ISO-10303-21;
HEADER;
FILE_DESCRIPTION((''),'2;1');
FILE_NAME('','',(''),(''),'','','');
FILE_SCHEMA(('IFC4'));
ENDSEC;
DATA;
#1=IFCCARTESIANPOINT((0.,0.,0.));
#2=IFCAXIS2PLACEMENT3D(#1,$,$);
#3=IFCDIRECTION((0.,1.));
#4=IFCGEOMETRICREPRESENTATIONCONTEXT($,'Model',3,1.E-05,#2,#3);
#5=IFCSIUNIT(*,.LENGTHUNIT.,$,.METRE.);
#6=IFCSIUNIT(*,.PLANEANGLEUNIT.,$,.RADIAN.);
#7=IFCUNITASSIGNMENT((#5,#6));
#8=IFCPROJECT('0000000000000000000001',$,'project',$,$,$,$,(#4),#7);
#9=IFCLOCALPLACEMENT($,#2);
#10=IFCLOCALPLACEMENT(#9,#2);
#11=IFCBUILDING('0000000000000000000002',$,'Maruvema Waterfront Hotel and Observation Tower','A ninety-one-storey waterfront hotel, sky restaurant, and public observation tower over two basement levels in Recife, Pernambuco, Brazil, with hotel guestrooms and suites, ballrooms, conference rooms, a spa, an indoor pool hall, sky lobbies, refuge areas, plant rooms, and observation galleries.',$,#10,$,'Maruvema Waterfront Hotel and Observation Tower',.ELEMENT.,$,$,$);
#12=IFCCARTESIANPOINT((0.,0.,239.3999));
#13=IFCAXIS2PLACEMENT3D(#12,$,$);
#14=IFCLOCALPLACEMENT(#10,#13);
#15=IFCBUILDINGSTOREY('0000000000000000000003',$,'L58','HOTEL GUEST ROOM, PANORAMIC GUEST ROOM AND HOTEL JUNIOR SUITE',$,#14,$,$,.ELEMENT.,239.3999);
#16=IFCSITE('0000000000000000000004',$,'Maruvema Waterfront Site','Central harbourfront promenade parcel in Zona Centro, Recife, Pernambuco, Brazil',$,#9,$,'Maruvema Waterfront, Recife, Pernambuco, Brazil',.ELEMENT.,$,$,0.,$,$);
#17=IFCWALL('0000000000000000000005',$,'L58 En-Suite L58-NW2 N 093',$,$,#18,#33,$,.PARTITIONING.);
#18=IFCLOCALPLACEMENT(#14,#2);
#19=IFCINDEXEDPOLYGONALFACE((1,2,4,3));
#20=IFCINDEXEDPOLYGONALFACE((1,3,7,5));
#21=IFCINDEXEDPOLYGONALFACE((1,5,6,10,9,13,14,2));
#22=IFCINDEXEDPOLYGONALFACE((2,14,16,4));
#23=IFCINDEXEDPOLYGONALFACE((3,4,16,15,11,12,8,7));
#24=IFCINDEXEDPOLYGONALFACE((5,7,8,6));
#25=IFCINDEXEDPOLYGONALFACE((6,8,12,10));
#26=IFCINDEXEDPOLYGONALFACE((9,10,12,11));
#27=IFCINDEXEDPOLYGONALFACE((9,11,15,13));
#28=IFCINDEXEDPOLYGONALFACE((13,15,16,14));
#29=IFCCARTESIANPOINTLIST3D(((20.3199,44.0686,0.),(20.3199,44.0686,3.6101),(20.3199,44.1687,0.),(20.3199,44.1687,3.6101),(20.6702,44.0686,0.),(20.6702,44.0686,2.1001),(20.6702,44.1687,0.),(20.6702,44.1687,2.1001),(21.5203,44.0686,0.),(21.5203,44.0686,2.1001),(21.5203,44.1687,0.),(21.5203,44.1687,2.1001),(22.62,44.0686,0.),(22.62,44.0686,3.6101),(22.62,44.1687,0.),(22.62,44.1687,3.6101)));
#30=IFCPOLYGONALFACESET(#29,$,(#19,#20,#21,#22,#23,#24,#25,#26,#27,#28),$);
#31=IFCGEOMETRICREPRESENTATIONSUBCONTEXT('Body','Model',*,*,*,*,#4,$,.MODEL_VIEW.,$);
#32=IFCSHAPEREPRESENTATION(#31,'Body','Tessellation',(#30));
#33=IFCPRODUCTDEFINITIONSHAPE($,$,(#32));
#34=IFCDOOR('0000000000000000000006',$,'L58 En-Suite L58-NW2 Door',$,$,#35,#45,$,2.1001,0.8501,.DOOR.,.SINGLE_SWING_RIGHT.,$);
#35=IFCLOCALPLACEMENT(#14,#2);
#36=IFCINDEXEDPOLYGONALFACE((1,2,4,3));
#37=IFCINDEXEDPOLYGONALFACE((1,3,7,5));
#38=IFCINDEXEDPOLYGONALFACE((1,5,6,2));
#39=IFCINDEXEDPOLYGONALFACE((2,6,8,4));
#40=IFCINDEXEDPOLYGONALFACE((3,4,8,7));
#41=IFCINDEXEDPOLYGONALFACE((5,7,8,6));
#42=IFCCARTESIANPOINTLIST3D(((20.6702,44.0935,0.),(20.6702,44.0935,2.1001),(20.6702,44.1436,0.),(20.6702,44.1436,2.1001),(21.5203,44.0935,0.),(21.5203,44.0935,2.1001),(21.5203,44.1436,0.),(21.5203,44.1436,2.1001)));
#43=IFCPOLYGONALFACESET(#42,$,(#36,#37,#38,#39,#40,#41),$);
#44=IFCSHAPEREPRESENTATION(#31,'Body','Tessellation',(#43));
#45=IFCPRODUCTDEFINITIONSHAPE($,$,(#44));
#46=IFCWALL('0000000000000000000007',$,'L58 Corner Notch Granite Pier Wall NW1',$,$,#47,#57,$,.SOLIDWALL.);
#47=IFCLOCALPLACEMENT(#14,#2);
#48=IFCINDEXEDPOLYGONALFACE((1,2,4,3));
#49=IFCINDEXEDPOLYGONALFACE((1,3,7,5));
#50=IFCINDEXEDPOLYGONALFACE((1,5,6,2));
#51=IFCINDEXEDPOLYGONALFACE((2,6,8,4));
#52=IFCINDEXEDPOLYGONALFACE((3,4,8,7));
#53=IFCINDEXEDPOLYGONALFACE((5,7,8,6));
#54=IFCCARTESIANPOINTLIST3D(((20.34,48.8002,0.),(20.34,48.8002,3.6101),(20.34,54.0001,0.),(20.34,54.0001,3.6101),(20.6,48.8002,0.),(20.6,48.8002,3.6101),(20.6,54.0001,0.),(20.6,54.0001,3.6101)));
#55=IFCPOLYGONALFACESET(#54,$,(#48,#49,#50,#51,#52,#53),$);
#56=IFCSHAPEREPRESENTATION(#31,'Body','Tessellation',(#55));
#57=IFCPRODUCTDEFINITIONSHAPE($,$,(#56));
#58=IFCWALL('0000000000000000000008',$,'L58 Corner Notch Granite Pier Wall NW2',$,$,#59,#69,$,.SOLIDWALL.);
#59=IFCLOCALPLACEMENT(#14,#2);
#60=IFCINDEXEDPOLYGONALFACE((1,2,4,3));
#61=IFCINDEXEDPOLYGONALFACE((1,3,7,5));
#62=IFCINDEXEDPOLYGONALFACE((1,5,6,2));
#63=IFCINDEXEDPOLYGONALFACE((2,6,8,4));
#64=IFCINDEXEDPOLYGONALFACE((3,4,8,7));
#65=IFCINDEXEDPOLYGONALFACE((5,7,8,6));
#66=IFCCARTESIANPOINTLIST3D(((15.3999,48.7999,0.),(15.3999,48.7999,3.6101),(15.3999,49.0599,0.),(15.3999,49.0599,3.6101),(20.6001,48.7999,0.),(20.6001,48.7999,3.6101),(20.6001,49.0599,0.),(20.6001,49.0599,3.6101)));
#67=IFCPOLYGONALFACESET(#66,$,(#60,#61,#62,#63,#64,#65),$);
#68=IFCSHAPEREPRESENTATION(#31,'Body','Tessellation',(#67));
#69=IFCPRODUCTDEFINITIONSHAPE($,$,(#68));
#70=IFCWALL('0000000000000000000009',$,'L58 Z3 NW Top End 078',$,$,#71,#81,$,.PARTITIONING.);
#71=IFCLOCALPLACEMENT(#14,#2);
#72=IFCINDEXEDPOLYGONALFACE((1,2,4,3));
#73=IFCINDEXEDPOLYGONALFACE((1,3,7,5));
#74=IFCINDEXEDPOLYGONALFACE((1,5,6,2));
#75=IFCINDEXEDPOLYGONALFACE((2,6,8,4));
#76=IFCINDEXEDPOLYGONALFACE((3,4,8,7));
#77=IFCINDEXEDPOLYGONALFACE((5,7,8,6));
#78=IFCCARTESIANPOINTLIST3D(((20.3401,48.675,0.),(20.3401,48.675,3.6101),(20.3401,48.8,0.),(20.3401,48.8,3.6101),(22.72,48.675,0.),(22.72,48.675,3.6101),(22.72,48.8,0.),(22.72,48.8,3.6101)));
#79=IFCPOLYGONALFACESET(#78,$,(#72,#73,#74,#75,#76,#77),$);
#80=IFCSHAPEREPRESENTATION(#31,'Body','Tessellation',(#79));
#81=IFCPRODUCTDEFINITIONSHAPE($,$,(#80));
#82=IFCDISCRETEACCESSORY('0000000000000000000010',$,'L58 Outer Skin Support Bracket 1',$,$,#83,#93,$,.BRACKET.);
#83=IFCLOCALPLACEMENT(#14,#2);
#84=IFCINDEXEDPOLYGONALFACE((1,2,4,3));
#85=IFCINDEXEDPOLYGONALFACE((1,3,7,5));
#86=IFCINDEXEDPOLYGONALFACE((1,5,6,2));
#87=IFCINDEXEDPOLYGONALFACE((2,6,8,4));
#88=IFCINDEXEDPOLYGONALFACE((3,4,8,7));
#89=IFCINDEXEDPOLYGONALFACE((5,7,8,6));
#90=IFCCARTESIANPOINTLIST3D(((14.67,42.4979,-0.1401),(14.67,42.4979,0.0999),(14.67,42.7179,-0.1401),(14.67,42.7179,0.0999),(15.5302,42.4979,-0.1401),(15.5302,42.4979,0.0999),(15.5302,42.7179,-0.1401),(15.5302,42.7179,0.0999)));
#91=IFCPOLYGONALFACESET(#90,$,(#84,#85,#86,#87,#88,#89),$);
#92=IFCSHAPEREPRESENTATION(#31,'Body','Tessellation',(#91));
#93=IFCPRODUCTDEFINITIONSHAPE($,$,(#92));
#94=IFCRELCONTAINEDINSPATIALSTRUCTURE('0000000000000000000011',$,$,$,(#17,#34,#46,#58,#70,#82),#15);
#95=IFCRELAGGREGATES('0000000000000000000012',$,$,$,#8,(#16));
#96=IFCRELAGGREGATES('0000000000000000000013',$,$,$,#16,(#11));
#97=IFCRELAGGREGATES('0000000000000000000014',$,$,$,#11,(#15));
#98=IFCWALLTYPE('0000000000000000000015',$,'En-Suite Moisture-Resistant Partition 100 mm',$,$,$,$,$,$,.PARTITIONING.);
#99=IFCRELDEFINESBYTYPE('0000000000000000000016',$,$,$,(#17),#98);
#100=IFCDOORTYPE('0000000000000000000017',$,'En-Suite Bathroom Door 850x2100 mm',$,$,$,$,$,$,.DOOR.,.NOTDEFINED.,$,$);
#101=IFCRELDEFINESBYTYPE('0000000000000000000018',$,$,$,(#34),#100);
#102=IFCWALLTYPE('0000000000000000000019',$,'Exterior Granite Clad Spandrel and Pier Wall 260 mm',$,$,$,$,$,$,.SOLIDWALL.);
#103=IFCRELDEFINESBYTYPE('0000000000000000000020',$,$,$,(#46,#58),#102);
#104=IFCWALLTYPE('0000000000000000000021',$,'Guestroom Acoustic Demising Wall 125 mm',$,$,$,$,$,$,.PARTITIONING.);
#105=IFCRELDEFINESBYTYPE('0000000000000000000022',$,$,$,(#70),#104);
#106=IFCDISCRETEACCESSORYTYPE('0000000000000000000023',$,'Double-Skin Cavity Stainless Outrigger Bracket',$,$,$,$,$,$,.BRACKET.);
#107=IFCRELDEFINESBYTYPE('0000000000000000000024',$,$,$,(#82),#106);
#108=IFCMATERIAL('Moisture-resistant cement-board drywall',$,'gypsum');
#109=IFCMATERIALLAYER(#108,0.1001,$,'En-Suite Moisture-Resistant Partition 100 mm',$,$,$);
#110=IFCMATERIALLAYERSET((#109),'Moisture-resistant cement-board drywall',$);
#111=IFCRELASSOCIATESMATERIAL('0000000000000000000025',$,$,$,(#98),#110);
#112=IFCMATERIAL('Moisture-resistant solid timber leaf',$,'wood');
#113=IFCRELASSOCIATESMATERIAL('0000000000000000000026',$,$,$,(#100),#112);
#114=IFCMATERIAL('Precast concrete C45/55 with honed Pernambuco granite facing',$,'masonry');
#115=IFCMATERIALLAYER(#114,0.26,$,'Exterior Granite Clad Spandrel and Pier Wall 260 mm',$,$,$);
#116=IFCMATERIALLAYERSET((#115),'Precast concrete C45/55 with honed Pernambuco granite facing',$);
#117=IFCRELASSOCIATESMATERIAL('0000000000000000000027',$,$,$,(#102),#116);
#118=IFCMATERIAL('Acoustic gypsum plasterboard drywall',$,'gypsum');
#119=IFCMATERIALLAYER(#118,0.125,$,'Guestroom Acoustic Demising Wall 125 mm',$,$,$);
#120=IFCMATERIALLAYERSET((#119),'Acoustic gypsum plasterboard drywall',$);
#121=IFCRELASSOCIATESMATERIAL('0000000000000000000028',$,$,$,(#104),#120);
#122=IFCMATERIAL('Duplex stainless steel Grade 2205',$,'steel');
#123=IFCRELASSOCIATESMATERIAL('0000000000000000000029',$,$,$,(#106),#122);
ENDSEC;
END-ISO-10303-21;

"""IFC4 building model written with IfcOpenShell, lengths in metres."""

from ifc_helpers import new_model, si_unit, direction, frame, frame_2d, origin, origin_2d, place, context, subcontext, project, spatial, rectangle, extrude, material, layer, layer_set, type_object, element, fill, save


model = new_model("IFC4")

# Units and contexts
model_context = context("Model", 3, precision=1e-05, world=origin(), true_north=direction((0.0, 1.0)))
body_context = subcontext(model_context, "Body", "Model", "MODEL_VIEW")
ifc_project = project(units=[si_unit("LENGTHUNIT", "METRE"), si_unit("PLANEANGLEUNIT", "RADIAN")], contexts=[model_context])

# Site, building, storey
site_placement = place(None, origin())
site = spatial("IfcSite", under=ifc_project, at=site_placement, Name="Maruvema Waterfront Site", Description="Central harbourfront promenade parcel in Zona Centro, Recife, Pernambuco, Brazil", LongName="Maruvema Waterfront, Recife, Pernambuco, Brazil", CompositionType="ELEMENT", RefElevation=0.0)
building_placement = place(site_placement, origin())
building = spatial("IfcBuilding", under=site, at=building_placement, Name="Maruvema Waterfront Hotel and Observation Tower", Description="A ninety-one-storey waterfront hotel, sky restaurant, and public observation tower over two basement levels in Recife, Pernambuco, Brazil, with hotel guestrooms and suites, ballrooms, conference rooms, a spa, an indoor pool hall, sky lobbies, refuge areas, plant rooms, and observation galleries.", LongName="Maruvema Waterfront Hotel and Observation Tower", CompositionType="ELEMENT")
storey_placement = place(building_placement, frame((0.0, 0.0, 239.3999)))
storey = spatial("IfcBuildingStorey", under=building, at=storey_placement, Name="L58", Description="HOTEL GUEST ROOM, PANORAMIC GUEST ROOM AND HOTEL JUNIOR SUITE", CompositionType="ELEMENT", Elevation=239.3999)

# Wall, opening, door
ifc_material_1 = material(Name="Moisture-resistant cement-board drywall", Category="gypsum")
ifc_layer_1 = layer(ifc_material_1, 0.1001, Name="En-Suite Moisture-Resistant Partition 100 mm")
ifc_layer_set_1 = layer_set([ifc_layer_1], Name="Moisture-resistant cement-board drywall")
wall_type_1 = type_object("IfcWallType", Name="En-Suite Moisture-Resistant Partition 100 mm", PredefinedType="PARTITIONING", material=ifc_layer_set_1)
wall_1_placement = place(storey_placement, frame((20.3201, 44.1187, 0.0), z_axis=(0.0, 0.0, 1.0), x_axis=(1.0, 0.0, 0.0)))
wall_1 = element("IfcWall", 1, at=wall_1_placement, inside=storey, type_object=wall_type_1, Name="L58 En-Suite L58-NW2 N 093", PredefinedType="PARTITIONING", context=body_context, shape_type="SweptSolid", body=[
    extrude(rectangle(XDim=2.3, YDim=0.1001, at=frame_2d((1.1499, 0.0))), origin(), (0.0, 0.0, 1.0), 3.6101),
])
opening_1_placement = place(wall_1_placement, frame((0.3501, 0.0, 0.0)))
opening_1 = element("IfcOpeningElement", 2, at=opening_1_placement, cuts=wall_1, PredefinedType="OPENING", context=body_context, shape_type="SweptSolid", body=[
    extrude(rectangle(XDim=0.8501, YDim=2.1001, at=frame_2d((0.425, 1.05))), frame((0.0, 0.0601, 0.0), z_axis=(0.0, -1.0, 0.0), x_axis=(1.0, 0.0, 0.0)), (0.0, 0.0, 1.0), 0.1201),
])
ifc_material_2 = material(Name="Moisture-resistant solid timber leaf", Category="wood")
door_type_1 = type_object("IfcDoorType", Name="En-Suite Bathroom Door 850x2100 mm", OperationType="NOTDEFINED", PredefinedType="DOOR", material=ifc_material_2)
door_1_placement = place(opening_1_placement, origin())
door_1 = element("IfcDoor", 3, at=door_1_placement, inside=storey, type_object=door_type_1, Name="L58 En-Suite L58-NW2 Door", OperationType="SINGLE_SWING_RIGHT", OverallHeight=2.1001, OverallWidth=0.8501, PredefinedType="DOOR", context=body_context, shape_type="SweptSolid", body=[
    extrude(rectangle(XDim=0.8501, YDim=2.1001, at=frame_2d((0.425, 1.05))), frame((0.0, 0.0249, 0.0), z_axis=(0.0, -1.0, 0.0), x_axis=(1.0, 0.0, 0.0)), (0.0, 0.0, 1.0), 0.05),
])
fill(opening_1, door_1)

# Walls
ifc_material_3 = material(Name="Precast concrete C45/55 with honed Pernambuco granite facing", Category="masonry")
ifc_layer_2 = layer(ifc_material_3, 0.26, Name="Exterior Granite Clad Spandrel and Pier Wall 260 mm")
ifc_layer_set_2 = layer_set([ifc_layer_2], Name="Precast concrete C45/55 with honed Pernambuco granite facing")
wall_type_2 = type_object("IfcWallType", Name="Exterior Granite Clad Spandrel and Pier Wall 260 mm", PredefinedType="SOLIDWALL", material=ifc_layer_set_2)
wall_2_placement = place(storey_placement, frame((20.47, 48.8, 0.0), z_axis=(0.0, 0.0, 1.0), x_axis=(0.0, 1.0, 0.0)))
element("IfcWall", 4, at=wall_2_placement, inside=storey, type_object=wall_type_2, Name="L58 Corner Notch Granite Pier Wall NW1", PredefinedType="SOLIDWALL", context=body_context, shape_type="SweptSolid", body=[
    extrude(rectangle(XDim=5.2, YDim=0.26, at=frame_2d((2.6001, 0.0))), origin(), (0.0, 0.0, 1.0), 3.6101),
])
wall_3_placement = place(storey_placement, frame((15.3999, 48.9299, 0.0), z_axis=(0.0, 0.0, 1.0), x_axis=(1.0, 0.0, 0.0)))
element("IfcWall", 5, at=wall_3_placement, inside=storey, type_object=wall_type_2, Name="L58 Corner Notch Granite Pier Wall NW2", PredefinedType="SOLIDWALL", context=body_context, shape_type="SweptSolid", body=[
    extrude(rectangle(XDim=5.2002, YDim=0.26, at=frame_2d((2.6001, 0.0))), origin(), (0.0, 0.0, 1.0), 3.6101),
])
ifc_material_4 = material(Name="Acoustic gypsum plasterboard drywall", Category="gypsum")
ifc_layer_3 = layer(ifc_material_4, 0.125, Name="Guestroom Acoustic Demising Wall 125 mm")
ifc_layer_set_3 = layer_set([ifc_layer_3], Name="Acoustic gypsum plasterboard drywall")
wall_type_3 = type_object("IfcWallType", Name="Guestroom Acoustic Demising Wall 125 mm", PredefinedType="PARTITIONING", material=ifc_layer_set_3)
wall_4_placement = place(storey_placement, frame((20.3401, 48.7375, 0.0), z_axis=(0.0, 0.0, 1.0), x_axis=(1.0, 0.0, 0.0)))
element("IfcWall", 6, at=wall_4_placement, inside=storey, type_object=wall_type_3, Name="L58 Z3 NW Top End 078", PredefinedType="PARTITIONING", context=body_context, shape_type="SweptSolid", body=[
    extrude(rectangle(XDim=2.3799, YDim=0.125, at=frame_2d((1.1899, 0.0))), origin(), (0.0, 0.0, 1.0), 3.6101),
])

# Discrete accessory
ifc_material_5 = material(Name="Duplex stainless steel Grade 2205", Category="steel")
discrete_accessory_type = type_object("IfcDiscreteAccessoryType", Name="Double-Skin Cavity Stainless Outrigger Bracket", PredefinedType="BRACKET", material=ifc_material_5)
discrete_accessory_placement = place(storey_placement, frame((15.1001, 42.6079, -0.1401), z_axis=(0.0, 0.0, 1.0), x_axis=(0.0, -1.0, 0.0)))
element("IfcDiscreteAccessory", 7, at=discrete_accessory_placement, inside=storey, type_object=discrete_accessory_type, Name="L58 Outer Skin Support Bracket 1", PredefinedType="BRACKET", context=body_context, shape_type="SweptSolid", body=[
    extrude(rectangle(XDim=0.22, YDim=0.8601, at=origin_2d()), origin(), (0.0, 0.0, 1.0), 0.24),
])

save(model, "model.ifc")
